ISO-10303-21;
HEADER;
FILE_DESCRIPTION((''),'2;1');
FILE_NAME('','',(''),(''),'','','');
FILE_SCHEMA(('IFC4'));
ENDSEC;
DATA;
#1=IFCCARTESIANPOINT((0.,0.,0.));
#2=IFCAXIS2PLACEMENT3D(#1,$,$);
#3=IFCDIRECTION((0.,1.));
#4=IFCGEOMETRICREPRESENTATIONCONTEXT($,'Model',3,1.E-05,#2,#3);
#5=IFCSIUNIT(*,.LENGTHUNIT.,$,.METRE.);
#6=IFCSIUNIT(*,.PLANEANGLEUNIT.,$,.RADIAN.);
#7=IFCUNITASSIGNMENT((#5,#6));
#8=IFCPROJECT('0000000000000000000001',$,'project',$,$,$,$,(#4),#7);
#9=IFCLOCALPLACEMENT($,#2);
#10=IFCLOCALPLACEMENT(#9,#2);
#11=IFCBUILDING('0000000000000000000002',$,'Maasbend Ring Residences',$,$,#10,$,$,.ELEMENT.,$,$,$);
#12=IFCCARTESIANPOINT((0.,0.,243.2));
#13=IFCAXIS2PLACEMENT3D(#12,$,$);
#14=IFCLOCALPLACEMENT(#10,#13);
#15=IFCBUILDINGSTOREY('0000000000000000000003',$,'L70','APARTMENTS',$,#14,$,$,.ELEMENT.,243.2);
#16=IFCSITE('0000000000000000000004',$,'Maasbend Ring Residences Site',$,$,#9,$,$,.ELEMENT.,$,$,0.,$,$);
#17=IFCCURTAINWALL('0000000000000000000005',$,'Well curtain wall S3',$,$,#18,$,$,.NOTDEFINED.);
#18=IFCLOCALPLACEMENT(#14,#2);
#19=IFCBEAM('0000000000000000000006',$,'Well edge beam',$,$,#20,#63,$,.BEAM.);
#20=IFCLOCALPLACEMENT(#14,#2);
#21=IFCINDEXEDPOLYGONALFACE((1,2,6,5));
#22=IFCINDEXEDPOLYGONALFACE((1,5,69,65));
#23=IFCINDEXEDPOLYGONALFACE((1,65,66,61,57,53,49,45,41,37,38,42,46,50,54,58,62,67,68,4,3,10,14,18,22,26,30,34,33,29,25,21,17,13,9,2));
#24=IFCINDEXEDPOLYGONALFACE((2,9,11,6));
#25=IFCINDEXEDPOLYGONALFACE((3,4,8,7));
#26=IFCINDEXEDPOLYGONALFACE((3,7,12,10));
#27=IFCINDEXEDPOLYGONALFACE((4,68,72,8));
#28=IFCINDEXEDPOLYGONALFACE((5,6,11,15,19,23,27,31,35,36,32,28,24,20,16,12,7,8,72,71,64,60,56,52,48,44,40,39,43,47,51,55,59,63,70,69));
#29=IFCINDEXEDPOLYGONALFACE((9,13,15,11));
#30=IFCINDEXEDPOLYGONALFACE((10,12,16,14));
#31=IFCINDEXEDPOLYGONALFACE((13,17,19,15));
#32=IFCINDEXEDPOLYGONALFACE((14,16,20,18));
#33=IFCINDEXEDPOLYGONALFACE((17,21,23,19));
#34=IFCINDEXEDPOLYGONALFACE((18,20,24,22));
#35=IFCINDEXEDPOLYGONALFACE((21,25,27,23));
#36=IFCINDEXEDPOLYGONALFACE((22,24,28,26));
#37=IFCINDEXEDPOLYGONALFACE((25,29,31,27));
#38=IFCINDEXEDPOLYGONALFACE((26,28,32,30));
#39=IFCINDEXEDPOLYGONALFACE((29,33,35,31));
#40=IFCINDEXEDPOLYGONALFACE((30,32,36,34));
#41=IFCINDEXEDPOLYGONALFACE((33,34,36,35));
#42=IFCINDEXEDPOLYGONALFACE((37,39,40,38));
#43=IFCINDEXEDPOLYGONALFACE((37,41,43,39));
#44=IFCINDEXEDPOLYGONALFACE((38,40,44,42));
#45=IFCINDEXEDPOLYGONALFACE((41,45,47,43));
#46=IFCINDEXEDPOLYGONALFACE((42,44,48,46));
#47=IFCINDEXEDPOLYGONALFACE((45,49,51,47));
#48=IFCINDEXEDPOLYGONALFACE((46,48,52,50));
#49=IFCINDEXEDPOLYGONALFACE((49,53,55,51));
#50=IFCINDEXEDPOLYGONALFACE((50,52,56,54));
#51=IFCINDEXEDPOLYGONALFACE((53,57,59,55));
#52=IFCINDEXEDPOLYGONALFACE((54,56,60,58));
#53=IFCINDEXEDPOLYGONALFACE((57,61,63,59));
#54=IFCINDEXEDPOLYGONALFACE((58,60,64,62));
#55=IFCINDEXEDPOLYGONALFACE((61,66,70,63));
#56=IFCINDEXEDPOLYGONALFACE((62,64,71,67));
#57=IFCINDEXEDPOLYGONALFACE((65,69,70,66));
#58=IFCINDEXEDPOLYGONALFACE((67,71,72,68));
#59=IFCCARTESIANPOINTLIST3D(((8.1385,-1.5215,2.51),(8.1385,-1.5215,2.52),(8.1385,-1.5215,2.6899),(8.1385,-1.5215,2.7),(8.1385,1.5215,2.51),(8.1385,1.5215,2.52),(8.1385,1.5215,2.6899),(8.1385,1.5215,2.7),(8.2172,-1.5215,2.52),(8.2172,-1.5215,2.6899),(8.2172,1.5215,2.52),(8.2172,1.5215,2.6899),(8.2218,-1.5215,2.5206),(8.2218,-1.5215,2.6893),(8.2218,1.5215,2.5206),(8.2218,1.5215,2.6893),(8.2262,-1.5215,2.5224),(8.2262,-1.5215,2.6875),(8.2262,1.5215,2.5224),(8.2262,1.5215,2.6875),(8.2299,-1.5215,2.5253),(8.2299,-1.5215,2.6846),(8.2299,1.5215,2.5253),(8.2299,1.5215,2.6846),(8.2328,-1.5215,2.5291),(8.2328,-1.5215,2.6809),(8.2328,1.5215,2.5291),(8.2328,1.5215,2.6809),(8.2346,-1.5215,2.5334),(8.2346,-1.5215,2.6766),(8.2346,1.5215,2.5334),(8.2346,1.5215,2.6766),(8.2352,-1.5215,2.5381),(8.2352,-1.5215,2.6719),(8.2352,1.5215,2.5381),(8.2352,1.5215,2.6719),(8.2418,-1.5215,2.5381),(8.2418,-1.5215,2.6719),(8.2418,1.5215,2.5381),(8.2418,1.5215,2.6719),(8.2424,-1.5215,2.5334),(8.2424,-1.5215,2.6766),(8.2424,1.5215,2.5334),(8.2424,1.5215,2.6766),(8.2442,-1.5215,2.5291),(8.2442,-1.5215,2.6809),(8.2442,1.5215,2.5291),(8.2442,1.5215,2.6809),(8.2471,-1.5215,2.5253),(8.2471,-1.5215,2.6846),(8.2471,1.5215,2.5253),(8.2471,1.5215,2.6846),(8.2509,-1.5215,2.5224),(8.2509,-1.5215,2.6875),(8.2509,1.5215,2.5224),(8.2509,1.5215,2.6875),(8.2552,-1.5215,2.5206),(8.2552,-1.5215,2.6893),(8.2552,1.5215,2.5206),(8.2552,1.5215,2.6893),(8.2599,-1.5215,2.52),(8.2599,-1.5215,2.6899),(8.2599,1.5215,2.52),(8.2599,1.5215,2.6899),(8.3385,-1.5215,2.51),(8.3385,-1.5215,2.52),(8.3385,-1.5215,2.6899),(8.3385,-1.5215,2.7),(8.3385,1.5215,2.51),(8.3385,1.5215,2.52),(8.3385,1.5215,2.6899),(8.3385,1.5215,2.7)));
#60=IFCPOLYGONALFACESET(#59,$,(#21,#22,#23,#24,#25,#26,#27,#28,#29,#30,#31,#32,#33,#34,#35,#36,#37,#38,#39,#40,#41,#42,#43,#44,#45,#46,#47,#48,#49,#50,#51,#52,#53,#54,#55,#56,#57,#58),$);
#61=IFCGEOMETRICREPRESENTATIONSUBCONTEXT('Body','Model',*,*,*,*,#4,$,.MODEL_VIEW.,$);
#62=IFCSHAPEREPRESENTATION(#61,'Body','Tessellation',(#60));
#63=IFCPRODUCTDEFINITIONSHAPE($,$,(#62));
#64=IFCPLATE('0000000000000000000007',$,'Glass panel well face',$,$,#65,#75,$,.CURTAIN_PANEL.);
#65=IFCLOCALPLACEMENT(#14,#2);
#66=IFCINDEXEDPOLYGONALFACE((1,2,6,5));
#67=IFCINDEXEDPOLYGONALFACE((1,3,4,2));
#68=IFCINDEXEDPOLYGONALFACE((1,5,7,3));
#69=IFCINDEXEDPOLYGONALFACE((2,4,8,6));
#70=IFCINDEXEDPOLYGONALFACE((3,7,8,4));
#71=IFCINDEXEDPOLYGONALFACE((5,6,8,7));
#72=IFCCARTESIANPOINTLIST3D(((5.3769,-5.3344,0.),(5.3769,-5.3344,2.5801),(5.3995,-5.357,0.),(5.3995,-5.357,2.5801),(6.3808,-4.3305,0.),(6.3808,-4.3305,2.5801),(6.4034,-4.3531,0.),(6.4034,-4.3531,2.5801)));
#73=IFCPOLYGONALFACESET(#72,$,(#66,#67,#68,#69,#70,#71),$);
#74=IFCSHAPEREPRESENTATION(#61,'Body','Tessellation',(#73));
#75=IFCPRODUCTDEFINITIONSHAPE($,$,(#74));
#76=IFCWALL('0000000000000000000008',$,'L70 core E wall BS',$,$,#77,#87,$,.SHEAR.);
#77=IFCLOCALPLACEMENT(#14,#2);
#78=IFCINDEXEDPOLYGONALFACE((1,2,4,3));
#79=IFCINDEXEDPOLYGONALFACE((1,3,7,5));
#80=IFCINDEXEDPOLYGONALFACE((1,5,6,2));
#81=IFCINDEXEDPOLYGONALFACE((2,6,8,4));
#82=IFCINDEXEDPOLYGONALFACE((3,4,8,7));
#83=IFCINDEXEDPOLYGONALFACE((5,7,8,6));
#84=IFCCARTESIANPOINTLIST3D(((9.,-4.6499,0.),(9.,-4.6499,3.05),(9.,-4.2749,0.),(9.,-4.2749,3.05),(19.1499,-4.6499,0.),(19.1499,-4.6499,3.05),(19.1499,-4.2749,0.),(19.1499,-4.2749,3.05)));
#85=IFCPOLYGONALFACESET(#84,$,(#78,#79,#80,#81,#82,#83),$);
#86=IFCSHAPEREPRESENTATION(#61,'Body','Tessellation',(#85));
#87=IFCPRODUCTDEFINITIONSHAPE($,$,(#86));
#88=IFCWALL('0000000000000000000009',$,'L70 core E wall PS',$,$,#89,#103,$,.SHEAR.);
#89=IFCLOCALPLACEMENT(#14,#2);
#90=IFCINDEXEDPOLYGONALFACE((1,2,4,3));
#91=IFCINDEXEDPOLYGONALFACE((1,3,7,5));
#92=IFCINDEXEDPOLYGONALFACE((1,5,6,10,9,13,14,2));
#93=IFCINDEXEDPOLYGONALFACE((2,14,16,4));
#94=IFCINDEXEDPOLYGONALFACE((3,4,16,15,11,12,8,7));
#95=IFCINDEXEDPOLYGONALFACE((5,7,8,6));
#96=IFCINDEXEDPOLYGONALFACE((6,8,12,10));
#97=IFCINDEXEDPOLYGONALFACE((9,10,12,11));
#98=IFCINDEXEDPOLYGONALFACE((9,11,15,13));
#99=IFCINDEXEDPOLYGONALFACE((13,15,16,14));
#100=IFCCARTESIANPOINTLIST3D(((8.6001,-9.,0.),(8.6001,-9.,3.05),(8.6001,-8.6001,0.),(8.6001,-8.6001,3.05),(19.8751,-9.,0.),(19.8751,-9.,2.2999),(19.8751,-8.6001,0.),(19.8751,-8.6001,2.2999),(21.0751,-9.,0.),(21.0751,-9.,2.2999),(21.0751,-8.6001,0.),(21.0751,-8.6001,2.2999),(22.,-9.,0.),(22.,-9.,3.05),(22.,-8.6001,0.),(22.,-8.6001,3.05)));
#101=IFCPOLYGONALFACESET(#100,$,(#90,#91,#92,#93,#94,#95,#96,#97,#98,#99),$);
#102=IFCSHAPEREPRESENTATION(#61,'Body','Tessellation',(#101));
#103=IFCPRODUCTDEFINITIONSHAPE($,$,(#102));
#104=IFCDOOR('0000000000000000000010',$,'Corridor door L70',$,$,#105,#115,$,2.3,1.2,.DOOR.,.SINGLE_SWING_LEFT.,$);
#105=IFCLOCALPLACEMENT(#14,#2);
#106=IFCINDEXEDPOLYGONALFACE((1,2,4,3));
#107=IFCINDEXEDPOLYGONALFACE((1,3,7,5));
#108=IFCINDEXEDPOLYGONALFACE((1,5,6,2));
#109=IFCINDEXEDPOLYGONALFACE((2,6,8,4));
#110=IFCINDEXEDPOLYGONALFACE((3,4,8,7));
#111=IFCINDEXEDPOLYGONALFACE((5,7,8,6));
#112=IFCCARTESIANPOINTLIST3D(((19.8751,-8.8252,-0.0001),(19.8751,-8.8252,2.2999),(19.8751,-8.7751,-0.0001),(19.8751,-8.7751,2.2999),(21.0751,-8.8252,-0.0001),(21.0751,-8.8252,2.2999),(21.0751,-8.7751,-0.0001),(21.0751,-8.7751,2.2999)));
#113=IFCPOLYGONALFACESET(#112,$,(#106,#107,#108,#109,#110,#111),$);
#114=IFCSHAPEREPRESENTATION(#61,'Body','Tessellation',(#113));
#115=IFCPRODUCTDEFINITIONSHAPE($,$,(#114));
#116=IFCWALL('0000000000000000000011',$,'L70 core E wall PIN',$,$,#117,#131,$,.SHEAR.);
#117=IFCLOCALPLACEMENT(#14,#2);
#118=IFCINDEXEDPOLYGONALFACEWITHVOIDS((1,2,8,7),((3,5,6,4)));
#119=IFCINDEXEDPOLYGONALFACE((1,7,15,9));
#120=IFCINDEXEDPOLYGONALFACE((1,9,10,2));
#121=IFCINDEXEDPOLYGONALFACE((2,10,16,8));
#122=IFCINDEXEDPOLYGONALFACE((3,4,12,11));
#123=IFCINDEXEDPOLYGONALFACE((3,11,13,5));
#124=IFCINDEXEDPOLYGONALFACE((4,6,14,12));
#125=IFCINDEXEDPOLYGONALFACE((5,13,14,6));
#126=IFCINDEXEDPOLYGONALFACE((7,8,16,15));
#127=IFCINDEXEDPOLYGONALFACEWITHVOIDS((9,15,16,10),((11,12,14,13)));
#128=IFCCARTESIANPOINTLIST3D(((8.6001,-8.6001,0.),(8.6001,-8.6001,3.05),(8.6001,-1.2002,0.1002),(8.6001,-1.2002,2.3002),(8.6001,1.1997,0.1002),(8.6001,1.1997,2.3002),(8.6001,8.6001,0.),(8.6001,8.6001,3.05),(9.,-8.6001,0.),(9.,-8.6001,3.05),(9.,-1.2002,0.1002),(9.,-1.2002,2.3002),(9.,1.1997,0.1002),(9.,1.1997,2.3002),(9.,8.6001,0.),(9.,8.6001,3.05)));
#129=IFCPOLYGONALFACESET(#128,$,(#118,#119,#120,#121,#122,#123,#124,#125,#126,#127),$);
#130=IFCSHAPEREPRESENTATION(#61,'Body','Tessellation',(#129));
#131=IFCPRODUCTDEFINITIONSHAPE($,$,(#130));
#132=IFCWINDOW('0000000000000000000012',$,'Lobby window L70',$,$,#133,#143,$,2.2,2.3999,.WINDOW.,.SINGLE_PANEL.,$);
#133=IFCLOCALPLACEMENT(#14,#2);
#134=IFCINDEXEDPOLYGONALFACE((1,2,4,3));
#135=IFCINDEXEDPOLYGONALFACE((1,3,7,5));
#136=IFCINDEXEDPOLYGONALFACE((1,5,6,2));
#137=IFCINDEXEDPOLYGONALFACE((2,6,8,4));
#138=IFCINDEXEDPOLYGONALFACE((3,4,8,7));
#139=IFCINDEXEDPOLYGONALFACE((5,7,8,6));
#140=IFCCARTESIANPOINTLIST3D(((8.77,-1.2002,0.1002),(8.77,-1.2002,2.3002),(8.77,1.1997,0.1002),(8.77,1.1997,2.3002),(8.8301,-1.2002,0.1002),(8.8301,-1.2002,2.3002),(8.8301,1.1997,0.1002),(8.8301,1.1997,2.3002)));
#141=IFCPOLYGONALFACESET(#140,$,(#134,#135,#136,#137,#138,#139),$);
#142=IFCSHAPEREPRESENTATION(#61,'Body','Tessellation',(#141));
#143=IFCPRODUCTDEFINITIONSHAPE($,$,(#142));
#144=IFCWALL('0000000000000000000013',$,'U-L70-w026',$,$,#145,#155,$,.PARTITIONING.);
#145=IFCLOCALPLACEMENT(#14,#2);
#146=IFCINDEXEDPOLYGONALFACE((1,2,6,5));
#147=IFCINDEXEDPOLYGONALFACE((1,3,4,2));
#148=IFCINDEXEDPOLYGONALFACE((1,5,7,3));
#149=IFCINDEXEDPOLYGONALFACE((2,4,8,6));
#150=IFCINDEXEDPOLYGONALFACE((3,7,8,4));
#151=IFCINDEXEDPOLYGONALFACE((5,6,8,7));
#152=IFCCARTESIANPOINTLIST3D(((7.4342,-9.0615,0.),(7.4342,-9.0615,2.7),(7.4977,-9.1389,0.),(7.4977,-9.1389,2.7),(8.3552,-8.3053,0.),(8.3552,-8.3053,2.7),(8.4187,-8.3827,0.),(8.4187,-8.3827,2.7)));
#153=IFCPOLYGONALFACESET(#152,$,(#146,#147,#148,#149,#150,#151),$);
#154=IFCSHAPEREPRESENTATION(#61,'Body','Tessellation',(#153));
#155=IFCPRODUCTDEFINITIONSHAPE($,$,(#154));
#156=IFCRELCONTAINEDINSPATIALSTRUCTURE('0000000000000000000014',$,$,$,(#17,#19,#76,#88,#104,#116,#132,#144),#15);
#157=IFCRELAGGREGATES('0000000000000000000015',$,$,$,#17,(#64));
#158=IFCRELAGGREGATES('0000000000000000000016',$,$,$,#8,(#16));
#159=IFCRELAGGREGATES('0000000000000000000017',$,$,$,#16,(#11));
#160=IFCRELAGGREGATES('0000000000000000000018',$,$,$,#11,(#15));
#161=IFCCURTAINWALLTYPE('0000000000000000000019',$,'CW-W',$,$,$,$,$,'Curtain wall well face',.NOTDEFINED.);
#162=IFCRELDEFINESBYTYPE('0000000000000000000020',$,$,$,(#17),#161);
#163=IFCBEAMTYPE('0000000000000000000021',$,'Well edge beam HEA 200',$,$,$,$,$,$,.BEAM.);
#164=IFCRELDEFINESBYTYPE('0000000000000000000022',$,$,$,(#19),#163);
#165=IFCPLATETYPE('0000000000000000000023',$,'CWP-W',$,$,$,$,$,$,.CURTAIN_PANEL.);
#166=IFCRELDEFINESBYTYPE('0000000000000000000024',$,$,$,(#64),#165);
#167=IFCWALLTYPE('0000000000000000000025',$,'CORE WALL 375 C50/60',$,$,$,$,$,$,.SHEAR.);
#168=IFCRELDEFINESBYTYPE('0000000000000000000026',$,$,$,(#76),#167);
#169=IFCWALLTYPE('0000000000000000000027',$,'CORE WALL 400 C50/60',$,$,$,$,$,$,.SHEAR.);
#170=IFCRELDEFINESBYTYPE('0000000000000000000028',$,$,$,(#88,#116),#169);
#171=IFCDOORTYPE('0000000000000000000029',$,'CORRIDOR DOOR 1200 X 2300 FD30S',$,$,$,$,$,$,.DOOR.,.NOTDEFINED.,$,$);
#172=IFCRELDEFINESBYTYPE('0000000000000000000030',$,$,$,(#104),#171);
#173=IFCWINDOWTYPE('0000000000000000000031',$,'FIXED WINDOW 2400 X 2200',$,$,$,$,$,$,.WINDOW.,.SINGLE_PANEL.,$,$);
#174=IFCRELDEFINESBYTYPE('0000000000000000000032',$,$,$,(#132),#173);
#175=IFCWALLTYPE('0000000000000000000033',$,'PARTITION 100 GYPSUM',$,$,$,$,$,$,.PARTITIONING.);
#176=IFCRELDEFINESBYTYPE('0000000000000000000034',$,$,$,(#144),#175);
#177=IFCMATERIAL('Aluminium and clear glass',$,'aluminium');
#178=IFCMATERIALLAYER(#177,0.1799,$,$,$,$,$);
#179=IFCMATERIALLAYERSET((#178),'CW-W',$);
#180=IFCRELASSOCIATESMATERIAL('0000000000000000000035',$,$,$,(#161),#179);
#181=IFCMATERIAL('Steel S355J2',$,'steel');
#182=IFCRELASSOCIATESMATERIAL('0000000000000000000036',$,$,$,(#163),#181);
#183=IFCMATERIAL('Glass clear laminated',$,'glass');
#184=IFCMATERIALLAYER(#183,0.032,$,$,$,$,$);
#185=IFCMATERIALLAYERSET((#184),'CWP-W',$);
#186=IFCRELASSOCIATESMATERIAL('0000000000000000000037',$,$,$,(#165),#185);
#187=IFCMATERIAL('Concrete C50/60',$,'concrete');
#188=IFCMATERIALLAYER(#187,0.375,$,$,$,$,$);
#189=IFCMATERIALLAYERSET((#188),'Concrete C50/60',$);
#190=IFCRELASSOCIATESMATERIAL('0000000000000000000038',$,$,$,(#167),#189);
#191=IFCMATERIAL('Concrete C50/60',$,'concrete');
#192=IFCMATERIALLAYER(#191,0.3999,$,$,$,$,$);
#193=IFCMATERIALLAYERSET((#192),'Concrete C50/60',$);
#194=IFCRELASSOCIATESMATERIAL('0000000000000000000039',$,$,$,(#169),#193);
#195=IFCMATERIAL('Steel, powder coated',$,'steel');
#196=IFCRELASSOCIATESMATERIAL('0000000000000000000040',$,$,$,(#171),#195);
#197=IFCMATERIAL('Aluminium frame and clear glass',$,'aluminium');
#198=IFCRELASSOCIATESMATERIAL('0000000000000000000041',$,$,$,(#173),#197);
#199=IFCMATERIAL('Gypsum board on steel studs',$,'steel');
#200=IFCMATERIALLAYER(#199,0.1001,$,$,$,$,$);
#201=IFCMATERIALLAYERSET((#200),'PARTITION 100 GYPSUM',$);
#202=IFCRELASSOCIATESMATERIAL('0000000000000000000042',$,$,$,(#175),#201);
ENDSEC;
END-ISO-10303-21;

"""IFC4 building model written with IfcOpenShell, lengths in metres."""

from ifc_helpers import new_model, si_unit, direction, frame, frame_2d, origin, origin_2d, place, context, subcontext, project, spatial, rectangle, i_section, extrude, material, layer, layer_set, material_profile, profile_set, type_object, element, fill, aggregate, save


model = new_model("IFC4")

# Units and contexts
model_context = context("Model", 3, precision=1e-05, world=origin(), true_north=direction((0.0, 1.0)))
body_context = subcontext(model_context, "Body", "Model", "MODEL_VIEW")
ifc_project = project(units=[si_unit("LENGTHUNIT", "METRE"), si_unit("PLANEANGLEUNIT", "RADIAN")], contexts=[model_context])

# Site, building, storey
site_placement = place(None, origin())
site = spatial("IfcSite", under=ifc_project, at=site_placement, Name="Maasbend Ring Residences Site", CompositionType="ELEMENT", RefElevation=0.0)
building_placement = place(site_placement, origin())
building = spatial("IfcBuilding", under=site, at=building_placement, Name="Maasbend Ring Residences", CompositionType="ELEMENT")
storey_placement = place(building_placement, frame((0.0, 0.0, 243.2)))
storey = spatial("IfcBuildingStorey", under=building, at=storey_placement, Name="L70", Description="APARTMENTS", CompositionType="ELEMENT", Elevation=243.2)

# Curtain wall
ifc_material_1 = material(Name="Aluminium and clear glass", Category="aluminium")
ifc_layer_1 = layer(ifc_material_1, 0.1799)
ifc_layer_set_1 = layer_set([ifc_layer_1], Name="CW-W")
curtain_wall_type = type_object("IfcCurtainWallType", Name="CW-W", ElementType="Curtain wall well face", PredefinedType="NOTDEFINED", material=ifc_layer_set_1)
curtain_wall_placement = place(storey_placement, origin())
curtain_wall = element("IfcCurtainWall", 1, at=curtain_wall_placement, inside=storey, type_object=curtain_wall_type, Name="Well curtain wall S3", PredefinedType="NOTDEFINED")

# Beam
ifc_material_2 = material(Name="Steel S355J2", Category="steel")
ifc_material_profile_1 = material_profile(ifc_material_2, i_section(OverallWidth=0.2, OverallDepth=0.1899, WebThickness=0.0066, FlangeThickness=0.01, FilletRadius=0.0181, at=origin_2d()), Name="HEA 200")
ifc_profile_set_1 = profile_set([ifc_material_profile_1], Name="Steel S355J2")
beam_type = type_object("IfcBeamType", Name="Well edge beam HEA 200", PredefinedType="BEAM", material=ifc_profile_set_1)
for number, where, z_axis, x_axis, name in (
    (2, (8.2385, -1.5215, 2.605), (0.0, 1.0, 0.0), (-1.0, 0.0, 0.0), "Well edge beam"),
):
    element("IfcBeam", number, at=place(storey_placement, frame(where, z_axis=z_axis, x_axis=x_axis)), inside=storey, type_object=beam_type, Name=name, PredefinedType="BEAM", context=body_context, shape_type="SweptSolid", body=[
        extrude(i_section(OverallWidth=0.2, OverallDepth=0.1899, WebThickness=0.0066, FlangeThickness=0.01, FilletRadius=0.0181, at=origin_2d()), origin(), (0.0, 0.0, 1.0), 3.043),
    ])

# Plate
ifc_material_3 = material(Name="Glass clear laminated", Category="glass")
ifc_layer_2 = layer(ifc_material_3, 0.032)
ifc_layer_set_2 = layer_set([ifc_layer_2], Name="CWP-W")
plate_type = type_object("IfcPlateType", Name="CWP-W", PredefinedType="CURTAIN_PANEL", material=ifc_layer_set_2)
plate_placement = place(storey_placement, frame((5.8901, -4.8438, 0.0), z_axis=(0.0, 0.0, 1.0), x_axis=(0.707107, 0.707107, 0.0)))
plate = element("IfcPlate", 3, at=plate_placement, type_object=plate_type, Name="Glass panel well face", PredefinedType="CURTAIN_PANEL", context=body_context, shape_type="SweptSolid", body=[
    extrude(rectangle(XDim=1.4197, YDim=0.032, at=origin_2d()), origin(), (0.0, 0.0, 1.0), 2.5801),
])
aggregate(curtain_wall, [plate])

# Wall
ifc_material_4 = material(Name="Concrete C50/60", Category="concrete")
ifc_layer_3 = layer(ifc_material_4, 0.375)
ifc_layer_set_3 = layer_set([ifc_layer_3], Name="Concrete C50/60")
wall_type_1 = type_object("IfcWallType", Name="CORE WALL 375 C50/60", PredefinedType="SHEAR", material=ifc_layer_set_3)
wall_1_placement = place(storey_placement, frame((9.0, -4.4624, 0.0), z_axis=(0.0, 0.0, 1.0), x_axis=(1.0, 0.0, 0.0)))
element("IfcWall", 4, at=wall_1_placement, inside=storey, type_object=wall_type_1, Name="L70 core E wall BS", PredefinedType="SHEAR", context=body_context, shape_type="SweptSolid", body=[
    extrude(rectangle(XDim=10.1499, YDim=0.375, at=frame_2d((5.075, 0.0))), origin(), (0.0, 0.0, 1.0), 3.05),
])

# Wall, opening, door
ifc_material_5 = material(Name="Concrete C50/60", Category="concrete")
ifc_layer_4 = layer(ifc_material_5, 0.3999)
ifc_layer_set_4 = layer_set([ifc_layer_4], Name="Concrete C50/60")
wall_type_2 = type_object("IfcWallType", Name="CORE WALL 400 C50/60", PredefinedType="SHEAR", material=ifc_layer_set_4)
wall_2_placement = place(storey_placement, frame((8.6001, -8.8, 0.0), z_axis=(0.0, 0.0, 1.0), x_axis=(1.0, 0.0, 0.0)))
wall_2 = element("IfcWall", 5, at=wall_2_placement, inside=storey, type_object=wall_type_2, Name="L70 core E wall PS", PredefinedType="SHEAR", context=body_context, shape_type="SweptSolid", body=[
    extrude(rectangle(XDim=13.3999, YDim=0.3999, at=frame_2d((6.7, 0.0))), origin(), (0.0, 0.0, 1.0), 3.05),
])
opening_1_placement = place(wall_2_placement, frame((11.2749, 0.0, 0.0)))
opening_1 = element("IfcOpeningElement", 6, at=opening_1_placement, cuts=wall_2, PredefinedType="OPENING", context=body_context, shape_type="SweptSolid", body=[
    extrude(rectangle(XDim=1.2, YDim=2.3, at=frame_2d((0.6001, 1.1499))), frame((0.0, 0.21, 0.0), z_axis=(0.0, -1.0, 0.0), x_axis=(1.0, 0.0, 0.0)), (0.0, 0.0, 1.0), 0.4199),
])
ifc_material_6 = material(Name="Steel, powder coated", Category="steel")
door_type_1 = type_object("IfcDoorType", Name="CORRIDOR DOOR 1200 X 2300 FD30S", OperationType="NOTDEFINED", PredefinedType="DOOR", material=ifc_material_6)
door_1_placement = place(opening_1_placement, origin())
door_1 = element("IfcDoor", 7, at=door_1_placement, inside=storey, type_object=door_type_1, Name="Corridor door L70", OperationType="SINGLE_SWING_LEFT", OverallHeight=2.3, OverallWidth=1.2, PredefinedType="DOOR", context=body_context, shape_type="SweptSolid", body=[
    extrude(rectangle(XDim=1.2, YDim=2.3, at=frame_2d((0.6001, 1.1499))), frame((0.0, 0.0249, 0.0), z_axis=(0.0, -1.0, 0.0), x_axis=(1.0, 0.0, 0.0)), (0.0, 0.0, 1.0), 0.05),
])
fill(opening_1, door_1)

# Wall, opening, window
wall_3_placement = place(storey_placement, frame((8.8, -8.6001, 0.0), z_axis=(0.0, 0.0, 1.0), x_axis=(0.0, 1.0, 0.0)))
wall_3 = element("IfcWall", 8, at=wall_3_placement, inside=storey, type_object=wall_type_2, Name="L70 core E wall PIN", PredefinedType="SHEAR", context=body_context, shape_type="SweptSolid", body=[
    extrude(rectangle(XDim=17.2002, YDim=0.3999, at=frame_2d((8.6001, 0.0))), origin(), (0.0, 0.0, 1.0), 3.05),
])
opening_2_placement = place(wall_3_placement, frame((7.3999, 0.0, 0.1001)))
opening_2 = element("IfcOpeningElement", 9, at=opening_2_placement, cuts=wall_3, PredefinedType="OPENING", context=body_context, shape_type="SweptSolid", body=[
    extrude(rectangle(XDim=2.3999, YDim=2.2, at=frame_2d((1.2, 1.1001))), frame((0.0, 0.21, 0.0), z_axis=(0.0, -1.0, 0.0), x_axis=(1.0, 0.0, 0.0)), (0.0, 0.0, 1.0), 0.4199),
])
ifc_material_7 = material(Name="Aluminium frame and clear glass", Category="aluminium")
window_type = type_object("IfcWindowType", Name="FIXED WINDOW 2400 X 2200", PartitioningType="SINGLE_PANEL", PredefinedType="WINDOW", material=ifc_material_7)
window_placement = place(opening_2_placement, origin())
window = element("IfcWindow", 10, at=window_placement, inside=storey, type_object=window_type, Name="Lobby window L70", OverallHeight=2.2, OverallWidth=2.3999, PartitioningType="SINGLE_PANEL", PredefinedType="WINDOW", context=body_context, shape_type="SweptSolid", body=[
    extrude(rectangle(XDim=2.3999, YDim=2.2, at=frame_2d((1.2, 1.1001))), frame((0.0, 0.03, 0.0), z_axis=(0.0, -1.0, 0.0), x_axis=(1.0, 0.0, 0.0)), (0.0, 0.0, 1.0), 0.0601),
])
fill(opening_2, window)

# Wall
ifc_material_8 = material(Name="Gypsum board on steel studs", Category="steel")
ifc_layer_5 = layer(ifc_material_8, 0.1001)
ifc_layer_set_5 = layer_set([ifc_layer_5], Name="PARTITION 100 GYPSUM")
wall_type_3 = type_object("IfcWallType", Name="PARTITION 100 GYPSUM", PredefinedType="PARTITIONING", material=ifc_layer_set_5)
wall_4_placement = place(storey_placement, frame((7.4661, -9.1001, 0.0), z_axis=(0.0, 0.0, 1.0), x_axis=(0.77287, 0.634565, 0.0)))
element("IfcWall", 11, at=wall_4_placement, inside=storey, type_object=wall_type_3, Name="U-L70-w026", PredefinedType="PARTITIONING", context=body_context, shape_type="SweptSolid", body=[
    extrude(rectangle(XDim=1.1917, YDim=0.1001, at=frame_2d((0.5957, 0.0))), origin(), (0.0, 0.0, 1.0), 2.7),
])

save(model, "model.ifc")
